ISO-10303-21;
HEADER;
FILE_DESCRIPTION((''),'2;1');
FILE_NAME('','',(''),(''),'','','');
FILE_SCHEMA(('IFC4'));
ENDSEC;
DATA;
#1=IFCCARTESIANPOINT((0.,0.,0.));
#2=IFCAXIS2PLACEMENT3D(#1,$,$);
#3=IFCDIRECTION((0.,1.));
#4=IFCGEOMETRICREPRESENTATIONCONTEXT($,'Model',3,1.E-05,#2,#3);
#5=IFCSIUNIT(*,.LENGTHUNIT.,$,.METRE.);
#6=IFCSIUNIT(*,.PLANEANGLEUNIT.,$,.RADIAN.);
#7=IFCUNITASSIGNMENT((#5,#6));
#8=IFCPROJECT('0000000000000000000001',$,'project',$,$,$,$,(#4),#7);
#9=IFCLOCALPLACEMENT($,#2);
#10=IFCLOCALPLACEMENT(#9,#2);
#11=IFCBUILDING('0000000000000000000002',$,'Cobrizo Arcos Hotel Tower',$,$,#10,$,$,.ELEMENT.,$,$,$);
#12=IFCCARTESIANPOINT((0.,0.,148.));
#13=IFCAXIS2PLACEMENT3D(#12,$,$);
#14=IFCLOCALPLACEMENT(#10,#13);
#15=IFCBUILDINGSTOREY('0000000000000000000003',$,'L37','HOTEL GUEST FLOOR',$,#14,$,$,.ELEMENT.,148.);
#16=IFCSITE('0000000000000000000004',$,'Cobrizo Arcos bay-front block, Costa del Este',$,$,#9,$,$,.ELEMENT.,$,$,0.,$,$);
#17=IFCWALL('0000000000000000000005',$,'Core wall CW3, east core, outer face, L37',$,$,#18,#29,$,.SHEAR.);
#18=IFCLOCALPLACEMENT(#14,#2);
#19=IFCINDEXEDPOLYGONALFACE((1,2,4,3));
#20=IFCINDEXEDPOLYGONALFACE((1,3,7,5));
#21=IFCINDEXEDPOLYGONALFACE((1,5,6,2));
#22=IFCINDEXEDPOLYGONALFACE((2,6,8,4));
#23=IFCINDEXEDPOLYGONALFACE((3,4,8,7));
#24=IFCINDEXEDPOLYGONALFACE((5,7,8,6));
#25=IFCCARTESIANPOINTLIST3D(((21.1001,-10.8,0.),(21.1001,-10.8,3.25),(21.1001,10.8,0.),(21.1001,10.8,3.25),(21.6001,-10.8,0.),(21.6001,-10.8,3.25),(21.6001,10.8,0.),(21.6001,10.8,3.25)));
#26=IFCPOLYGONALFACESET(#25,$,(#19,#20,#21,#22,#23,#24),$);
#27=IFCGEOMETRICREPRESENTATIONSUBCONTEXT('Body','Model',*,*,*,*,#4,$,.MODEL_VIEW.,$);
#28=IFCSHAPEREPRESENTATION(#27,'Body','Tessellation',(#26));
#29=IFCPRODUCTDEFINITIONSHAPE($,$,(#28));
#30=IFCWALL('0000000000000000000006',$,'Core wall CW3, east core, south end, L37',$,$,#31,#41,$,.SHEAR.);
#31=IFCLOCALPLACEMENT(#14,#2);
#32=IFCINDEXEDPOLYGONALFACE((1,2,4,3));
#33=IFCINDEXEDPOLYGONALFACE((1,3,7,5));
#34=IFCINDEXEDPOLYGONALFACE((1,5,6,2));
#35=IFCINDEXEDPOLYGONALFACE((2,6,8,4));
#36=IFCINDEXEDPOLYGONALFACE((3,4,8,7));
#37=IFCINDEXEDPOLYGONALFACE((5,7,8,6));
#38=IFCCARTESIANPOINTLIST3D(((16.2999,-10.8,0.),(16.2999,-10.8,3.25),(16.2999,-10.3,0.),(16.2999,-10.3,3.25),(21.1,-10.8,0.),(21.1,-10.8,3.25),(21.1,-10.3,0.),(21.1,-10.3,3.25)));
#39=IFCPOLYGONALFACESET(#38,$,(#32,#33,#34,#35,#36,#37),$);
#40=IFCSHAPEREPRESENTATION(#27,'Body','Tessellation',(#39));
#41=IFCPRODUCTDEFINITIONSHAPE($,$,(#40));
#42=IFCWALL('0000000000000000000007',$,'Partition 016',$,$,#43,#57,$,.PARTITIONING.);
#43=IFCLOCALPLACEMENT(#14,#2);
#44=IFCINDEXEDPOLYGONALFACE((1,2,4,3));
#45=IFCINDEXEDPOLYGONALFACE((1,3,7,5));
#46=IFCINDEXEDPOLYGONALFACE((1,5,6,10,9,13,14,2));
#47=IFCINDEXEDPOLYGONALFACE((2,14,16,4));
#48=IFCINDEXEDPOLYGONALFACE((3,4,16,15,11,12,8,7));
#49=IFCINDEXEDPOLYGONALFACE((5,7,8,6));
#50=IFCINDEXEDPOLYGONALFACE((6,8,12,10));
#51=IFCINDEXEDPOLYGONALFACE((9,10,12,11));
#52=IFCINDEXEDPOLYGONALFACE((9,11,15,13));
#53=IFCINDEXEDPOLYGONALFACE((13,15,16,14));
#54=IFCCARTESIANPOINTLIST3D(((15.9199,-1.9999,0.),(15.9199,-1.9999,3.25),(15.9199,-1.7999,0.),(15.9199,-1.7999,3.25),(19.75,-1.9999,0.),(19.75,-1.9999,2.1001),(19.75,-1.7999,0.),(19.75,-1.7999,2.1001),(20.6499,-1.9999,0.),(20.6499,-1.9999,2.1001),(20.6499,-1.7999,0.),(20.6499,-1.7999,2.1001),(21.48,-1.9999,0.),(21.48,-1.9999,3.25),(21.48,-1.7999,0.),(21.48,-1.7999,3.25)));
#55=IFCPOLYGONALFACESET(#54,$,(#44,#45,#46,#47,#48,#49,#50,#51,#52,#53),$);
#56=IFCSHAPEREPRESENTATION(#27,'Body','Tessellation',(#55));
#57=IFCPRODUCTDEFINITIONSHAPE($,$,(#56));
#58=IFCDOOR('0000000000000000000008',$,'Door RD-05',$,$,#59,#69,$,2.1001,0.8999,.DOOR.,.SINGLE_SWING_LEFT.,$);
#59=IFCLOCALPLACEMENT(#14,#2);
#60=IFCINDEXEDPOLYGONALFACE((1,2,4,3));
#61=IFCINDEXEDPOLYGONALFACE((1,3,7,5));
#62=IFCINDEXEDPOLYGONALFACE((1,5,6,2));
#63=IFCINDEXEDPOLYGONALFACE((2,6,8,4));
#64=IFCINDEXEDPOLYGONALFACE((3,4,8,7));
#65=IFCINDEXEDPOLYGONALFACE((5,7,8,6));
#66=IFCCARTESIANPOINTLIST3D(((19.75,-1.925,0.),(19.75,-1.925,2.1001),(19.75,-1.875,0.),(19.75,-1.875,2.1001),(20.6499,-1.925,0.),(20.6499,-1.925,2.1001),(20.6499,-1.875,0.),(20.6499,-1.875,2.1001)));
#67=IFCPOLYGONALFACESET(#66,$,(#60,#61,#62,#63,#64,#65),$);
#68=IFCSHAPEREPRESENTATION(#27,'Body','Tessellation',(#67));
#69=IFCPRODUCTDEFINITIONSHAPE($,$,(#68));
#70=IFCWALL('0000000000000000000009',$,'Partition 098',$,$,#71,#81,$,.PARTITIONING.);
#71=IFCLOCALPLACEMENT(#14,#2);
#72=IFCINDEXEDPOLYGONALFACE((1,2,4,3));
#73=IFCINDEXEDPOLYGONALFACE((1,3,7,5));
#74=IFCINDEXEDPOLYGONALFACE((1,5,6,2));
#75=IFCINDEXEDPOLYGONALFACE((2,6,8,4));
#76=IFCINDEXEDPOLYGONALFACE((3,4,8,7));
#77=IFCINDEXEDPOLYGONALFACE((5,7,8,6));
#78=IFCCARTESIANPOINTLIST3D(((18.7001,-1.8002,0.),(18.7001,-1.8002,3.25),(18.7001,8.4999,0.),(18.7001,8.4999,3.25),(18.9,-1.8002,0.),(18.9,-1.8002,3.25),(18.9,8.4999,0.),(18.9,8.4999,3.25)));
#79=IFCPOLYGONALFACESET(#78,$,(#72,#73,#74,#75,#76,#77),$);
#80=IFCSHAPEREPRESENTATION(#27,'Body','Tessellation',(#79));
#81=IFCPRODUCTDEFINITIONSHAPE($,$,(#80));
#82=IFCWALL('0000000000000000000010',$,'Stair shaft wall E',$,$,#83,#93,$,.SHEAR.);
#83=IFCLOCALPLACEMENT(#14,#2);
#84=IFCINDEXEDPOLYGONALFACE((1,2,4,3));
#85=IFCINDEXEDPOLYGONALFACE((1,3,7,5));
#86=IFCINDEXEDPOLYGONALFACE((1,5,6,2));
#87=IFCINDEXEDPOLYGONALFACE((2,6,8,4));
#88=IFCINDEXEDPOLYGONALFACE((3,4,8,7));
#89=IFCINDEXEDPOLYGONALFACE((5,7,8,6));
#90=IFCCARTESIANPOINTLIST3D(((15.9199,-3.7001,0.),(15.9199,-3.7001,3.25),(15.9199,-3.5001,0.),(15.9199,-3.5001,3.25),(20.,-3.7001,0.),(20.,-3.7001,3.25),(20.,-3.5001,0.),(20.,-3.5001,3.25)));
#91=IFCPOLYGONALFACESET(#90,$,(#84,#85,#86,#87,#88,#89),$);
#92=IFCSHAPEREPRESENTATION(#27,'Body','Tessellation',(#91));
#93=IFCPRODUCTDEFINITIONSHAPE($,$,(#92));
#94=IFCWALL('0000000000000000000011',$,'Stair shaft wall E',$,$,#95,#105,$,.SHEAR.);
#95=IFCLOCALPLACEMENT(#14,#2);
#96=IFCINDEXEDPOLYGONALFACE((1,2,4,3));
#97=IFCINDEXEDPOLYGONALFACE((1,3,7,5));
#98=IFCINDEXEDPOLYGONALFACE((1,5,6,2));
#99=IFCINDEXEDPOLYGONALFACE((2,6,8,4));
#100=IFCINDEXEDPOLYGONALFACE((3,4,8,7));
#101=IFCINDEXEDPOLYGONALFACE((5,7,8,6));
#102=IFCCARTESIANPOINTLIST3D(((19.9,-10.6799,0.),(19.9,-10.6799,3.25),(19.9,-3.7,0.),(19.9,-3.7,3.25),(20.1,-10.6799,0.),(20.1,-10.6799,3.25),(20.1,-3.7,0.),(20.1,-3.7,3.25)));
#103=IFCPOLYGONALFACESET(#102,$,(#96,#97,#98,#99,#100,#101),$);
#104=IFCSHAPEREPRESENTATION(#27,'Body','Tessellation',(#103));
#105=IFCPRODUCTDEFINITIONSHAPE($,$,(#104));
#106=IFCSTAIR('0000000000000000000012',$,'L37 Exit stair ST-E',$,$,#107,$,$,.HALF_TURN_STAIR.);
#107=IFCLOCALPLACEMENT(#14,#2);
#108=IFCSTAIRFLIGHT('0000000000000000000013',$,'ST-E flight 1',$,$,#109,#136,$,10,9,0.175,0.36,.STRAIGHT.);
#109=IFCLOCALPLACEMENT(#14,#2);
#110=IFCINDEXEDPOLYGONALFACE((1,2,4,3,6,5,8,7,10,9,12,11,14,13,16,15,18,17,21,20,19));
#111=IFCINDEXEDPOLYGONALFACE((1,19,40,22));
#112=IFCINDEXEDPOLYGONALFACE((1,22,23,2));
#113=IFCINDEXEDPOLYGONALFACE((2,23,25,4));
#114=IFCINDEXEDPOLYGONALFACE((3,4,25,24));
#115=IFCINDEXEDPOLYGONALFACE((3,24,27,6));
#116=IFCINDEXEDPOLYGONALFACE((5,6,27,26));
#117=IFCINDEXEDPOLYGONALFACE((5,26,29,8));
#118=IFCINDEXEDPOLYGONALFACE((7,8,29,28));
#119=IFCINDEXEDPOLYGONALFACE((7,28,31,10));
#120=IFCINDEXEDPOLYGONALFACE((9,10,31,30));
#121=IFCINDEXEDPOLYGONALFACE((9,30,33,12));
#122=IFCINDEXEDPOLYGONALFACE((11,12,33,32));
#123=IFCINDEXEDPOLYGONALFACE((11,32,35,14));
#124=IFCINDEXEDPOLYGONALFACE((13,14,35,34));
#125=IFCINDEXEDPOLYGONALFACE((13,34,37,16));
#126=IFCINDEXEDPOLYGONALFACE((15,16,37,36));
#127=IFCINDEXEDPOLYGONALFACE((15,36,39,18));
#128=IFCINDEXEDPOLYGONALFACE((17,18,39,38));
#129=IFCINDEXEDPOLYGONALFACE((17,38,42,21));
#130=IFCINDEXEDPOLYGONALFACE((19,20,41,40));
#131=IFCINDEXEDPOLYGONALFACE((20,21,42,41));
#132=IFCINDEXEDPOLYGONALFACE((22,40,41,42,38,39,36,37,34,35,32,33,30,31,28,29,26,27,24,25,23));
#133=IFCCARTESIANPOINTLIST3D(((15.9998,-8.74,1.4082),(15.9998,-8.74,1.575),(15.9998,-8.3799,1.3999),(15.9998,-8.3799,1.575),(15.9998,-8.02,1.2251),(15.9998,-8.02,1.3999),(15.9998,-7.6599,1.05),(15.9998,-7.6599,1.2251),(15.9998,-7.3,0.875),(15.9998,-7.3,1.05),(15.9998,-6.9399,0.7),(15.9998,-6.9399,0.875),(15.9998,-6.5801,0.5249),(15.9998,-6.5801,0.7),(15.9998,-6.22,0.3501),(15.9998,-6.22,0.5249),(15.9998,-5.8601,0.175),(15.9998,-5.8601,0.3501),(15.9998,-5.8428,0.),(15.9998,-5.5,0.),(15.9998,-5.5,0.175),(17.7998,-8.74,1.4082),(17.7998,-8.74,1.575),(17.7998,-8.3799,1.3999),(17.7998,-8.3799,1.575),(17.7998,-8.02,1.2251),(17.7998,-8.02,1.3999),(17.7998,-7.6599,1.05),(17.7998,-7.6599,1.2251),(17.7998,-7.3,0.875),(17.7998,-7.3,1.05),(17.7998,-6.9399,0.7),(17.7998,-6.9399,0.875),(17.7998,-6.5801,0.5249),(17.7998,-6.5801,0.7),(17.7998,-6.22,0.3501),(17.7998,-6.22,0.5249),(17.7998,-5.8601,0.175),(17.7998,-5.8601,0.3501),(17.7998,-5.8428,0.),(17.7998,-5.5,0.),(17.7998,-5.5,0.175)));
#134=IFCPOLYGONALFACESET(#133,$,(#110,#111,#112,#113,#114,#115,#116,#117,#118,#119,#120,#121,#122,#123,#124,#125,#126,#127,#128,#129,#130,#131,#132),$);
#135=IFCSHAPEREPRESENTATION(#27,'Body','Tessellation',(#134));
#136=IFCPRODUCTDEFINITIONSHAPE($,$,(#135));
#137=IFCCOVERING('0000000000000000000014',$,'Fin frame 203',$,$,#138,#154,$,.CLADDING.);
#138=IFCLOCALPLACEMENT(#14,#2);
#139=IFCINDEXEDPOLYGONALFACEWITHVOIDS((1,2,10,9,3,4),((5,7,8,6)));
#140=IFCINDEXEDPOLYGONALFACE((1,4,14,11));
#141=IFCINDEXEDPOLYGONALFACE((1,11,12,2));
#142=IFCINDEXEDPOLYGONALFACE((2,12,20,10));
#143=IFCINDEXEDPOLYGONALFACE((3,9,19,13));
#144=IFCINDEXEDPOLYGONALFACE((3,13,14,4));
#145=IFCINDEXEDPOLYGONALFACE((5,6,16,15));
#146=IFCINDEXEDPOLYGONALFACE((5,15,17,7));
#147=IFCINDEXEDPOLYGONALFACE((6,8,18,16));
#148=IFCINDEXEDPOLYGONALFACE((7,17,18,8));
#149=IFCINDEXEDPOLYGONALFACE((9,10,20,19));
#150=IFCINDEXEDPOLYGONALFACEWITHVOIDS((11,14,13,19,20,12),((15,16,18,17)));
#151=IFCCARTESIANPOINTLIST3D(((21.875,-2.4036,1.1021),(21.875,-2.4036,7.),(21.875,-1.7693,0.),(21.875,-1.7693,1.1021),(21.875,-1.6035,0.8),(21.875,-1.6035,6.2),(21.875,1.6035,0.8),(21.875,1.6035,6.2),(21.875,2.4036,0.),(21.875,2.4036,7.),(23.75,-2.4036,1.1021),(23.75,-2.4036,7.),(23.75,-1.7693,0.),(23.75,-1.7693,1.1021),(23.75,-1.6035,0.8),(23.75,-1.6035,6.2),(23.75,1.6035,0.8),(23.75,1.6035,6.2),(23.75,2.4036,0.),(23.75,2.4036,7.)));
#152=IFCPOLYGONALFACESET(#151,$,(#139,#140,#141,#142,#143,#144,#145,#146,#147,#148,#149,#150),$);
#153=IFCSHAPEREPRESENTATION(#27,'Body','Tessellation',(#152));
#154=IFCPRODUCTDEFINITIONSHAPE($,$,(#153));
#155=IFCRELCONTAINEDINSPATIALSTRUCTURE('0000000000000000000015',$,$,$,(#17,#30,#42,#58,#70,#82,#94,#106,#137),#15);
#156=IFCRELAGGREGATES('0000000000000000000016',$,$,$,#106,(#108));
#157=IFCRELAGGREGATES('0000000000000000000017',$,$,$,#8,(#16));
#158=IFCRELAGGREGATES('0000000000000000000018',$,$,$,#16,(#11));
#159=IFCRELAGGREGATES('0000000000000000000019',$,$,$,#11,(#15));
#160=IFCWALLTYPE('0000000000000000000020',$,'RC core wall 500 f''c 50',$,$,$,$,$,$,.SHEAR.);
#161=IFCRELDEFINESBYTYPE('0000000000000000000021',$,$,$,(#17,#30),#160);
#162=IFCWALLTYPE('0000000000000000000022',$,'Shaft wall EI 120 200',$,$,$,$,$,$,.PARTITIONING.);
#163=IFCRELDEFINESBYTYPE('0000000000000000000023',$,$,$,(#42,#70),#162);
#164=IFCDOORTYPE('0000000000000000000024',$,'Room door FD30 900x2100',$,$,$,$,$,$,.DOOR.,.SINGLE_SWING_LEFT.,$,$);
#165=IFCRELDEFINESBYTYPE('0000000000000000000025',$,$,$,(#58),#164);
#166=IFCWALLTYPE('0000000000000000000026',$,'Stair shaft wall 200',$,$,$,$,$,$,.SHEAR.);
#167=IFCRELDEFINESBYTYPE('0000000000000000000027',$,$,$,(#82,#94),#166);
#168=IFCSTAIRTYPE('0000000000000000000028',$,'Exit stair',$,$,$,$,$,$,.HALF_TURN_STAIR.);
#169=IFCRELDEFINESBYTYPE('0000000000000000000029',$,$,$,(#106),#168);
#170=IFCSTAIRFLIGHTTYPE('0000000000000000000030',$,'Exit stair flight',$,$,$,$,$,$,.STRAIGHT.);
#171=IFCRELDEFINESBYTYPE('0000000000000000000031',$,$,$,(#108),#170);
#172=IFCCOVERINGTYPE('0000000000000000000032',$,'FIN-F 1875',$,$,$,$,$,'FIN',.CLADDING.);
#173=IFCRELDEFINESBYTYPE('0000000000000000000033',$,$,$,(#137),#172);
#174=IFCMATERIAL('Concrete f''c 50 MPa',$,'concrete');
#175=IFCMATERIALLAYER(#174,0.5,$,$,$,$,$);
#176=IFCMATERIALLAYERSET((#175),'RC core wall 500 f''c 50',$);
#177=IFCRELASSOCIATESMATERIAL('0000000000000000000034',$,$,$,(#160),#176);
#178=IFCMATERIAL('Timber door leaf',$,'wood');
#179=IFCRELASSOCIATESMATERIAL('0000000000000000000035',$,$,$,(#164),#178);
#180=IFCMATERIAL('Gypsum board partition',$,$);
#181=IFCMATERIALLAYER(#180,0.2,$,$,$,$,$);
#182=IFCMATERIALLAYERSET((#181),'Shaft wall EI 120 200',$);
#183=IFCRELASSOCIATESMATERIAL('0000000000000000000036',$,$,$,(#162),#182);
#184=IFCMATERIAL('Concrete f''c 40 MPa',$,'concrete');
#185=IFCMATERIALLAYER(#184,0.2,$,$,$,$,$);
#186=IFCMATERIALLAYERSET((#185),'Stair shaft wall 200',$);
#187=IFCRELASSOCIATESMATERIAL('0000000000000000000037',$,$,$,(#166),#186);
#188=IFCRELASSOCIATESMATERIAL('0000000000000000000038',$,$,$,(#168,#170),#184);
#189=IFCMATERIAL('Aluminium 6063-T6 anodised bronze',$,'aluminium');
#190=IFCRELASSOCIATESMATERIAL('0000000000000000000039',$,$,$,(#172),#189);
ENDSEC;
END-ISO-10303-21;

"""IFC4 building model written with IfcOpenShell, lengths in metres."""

from ifc_helpers import new_model, si_unit, direction, frame, frame_2d, origin, place, context, subcontext, project, spatial, polyline, rectangle, outline, extrude, material, layer, layer_set, type_object, element, fill, aggregate, save


model = new_model("IFC4")

# Units and contexts
model_context = context("Model", 3, precision=1e-05, world=origin(), true_north=direction((0.0, 1.0)))
body_context = subcontext(model_context, "Body", "Model", "MODEL_VIEW")
ifc_project = project(units=[si_unit("LENGTHUNIT", "METRE"), si_unit("PLANEANGLEUNIT", "RADIAN")], contexts=[model_context])

# Site, building, storey
site_placement = place(None, origin())
site = spatial("IfcSite", under=ifc_project, at=site_placement, Name="Cobrizo Arcos bay-front block, Costa del Este", CompositionType="ELEMENT", RefElevation=0.0)
building_placement = place(site_placement, origin())
building = spatial("IfcBuilding", under=site, at=building_placement, Name="Cobrizo Arcos Hotel Tower", CompositionType="ELEMENT")
storey_placement = place(building_placement, frame((0.0, 0.0, 148.0)))
storey = spatial("IfcBuildingStorey", under=building, at=storey_placement, Name="L37", Description="HOTEL GUEST FLOOR", CompositionType="ELEMENT", Elevation=148.0)

# Shared definitions
ifc_material_1 = material(Name="Aluminium 6063-T6 anodised bronze", Category="aluminium")

# Shared definitions
ifc_material_2 = material(Name="Concrete f'c 50 MPa", Category="concrete")
ifc_layer_1 = layer(ifc_material_2, 0.5)
ifc_layer_set_1 = layer_set([ifc_layer_1], Name="RC core wall 500 f'c 50")
wall_type_1 = type_object("IfcWallType", Name="RC core wall 500 f'c 50", PredefinedType="SHEAR", material=ifc_layer_set_1)
ifc_material_3 = material(Name="Timber door leaf", Category="wood")
door_type_1 = type_object("IfcDoorType", Name="Room door FD30 900x2100", OperationType="SINGLE_SWING_LEFT", PredefinedType="DOOR", material=ifc_material_3)

# Walls
wall_1_placement = place(storey_placement, frame((21.3501, -10.8, 0.0), z_axis=(0.0, 0.0, 1.0), x_axis=(0.0, 1.0, 0.0)))
element("IfcWall", 1, at=wall_1_placement, inside=storey, type_object=wall_type_1, Name="Core wall CW3, east core, outer face, L37", PredefinedType="SHEAR", context=body_context, shape_type="SweptSolid", body=[
    extrude(rectangle(XDim=21.6001, YDim=0.5, at=frame_2d((10.8, 0.0))), origin(), (0.0, 0.0, 1.0), 3.25),
])
wall_2_placement = place(storey_placement, frame((16.3, -10.55, 0.0), z_axis=(0.0, 0.0, 1.0), x_axis=(1.0, 0.0, 0.0)))
element("IfcWall", 2, at=wall_2_placement, inside=storey, type_object=wall_type_1, Name="Core wall CW3, east core, south end, L37", PredefinedType="SHEAR", context=body_context, shape_type="SweptSolid", body=[
    extrude(rectangle(XDim=4.8, YDim=0.5, at=frame_2d((2.3999, 0.0))), origin(), (0.0, 0.0, 1.0), 3.25),
])

# Wall, opening, door
ifc_material_4 = material(Name="Gypsum board partition")
ifc_layer_2 = layer(ifc_material_4, 0.2)
ifc_layer_set_2 = layer_set([ifc_layer_2], Name="Shaft wall EI 120 200")
wall_type_2 = type_object("IfcWallType", Name="Shaft wall EI 120 200", PredefinedType="PARTITIONING", material=ifc_layer_set_2)
wall_3_placement = place(storey_placement, frame((15.9199, -1.8999, 0.0), z_axis=(0.0, 0.0, 1.0), x_axis=(1.0, 0.0, 0.0)))
wall_3 = element("IfcWall", 3, at=wall_3_placement, inside=storey, type_object=wall_type_2, Name="Partition 016", PredefinedType="PARTITIONING", context=body_context, shape_type="SweptSolid", body=[
    extrude(rectangle(XDim=5.5601, YDim=0.2, at=frame_2d((2.78, 0.0))), origin(), (0.0, 0.0, 1.0), 3.25),
])
opening_1_placement = place(wall_3_placement, frame((3.8301, 0.0, 0.0)))
opening_1 = element("IfcOpeningElement", 4, at=opening_1_placement, cuts=wall_3, PredefinedType="OPENING", context=body_context, shape_type="SweptSolid", body=[
    extrude(rectangle(XDim=0.8999, YDim=2.1001, at=frame_2d((0.45, 1.05))), frame((0.0, 0.1121, 0.0), z_axis=(0.0, -1.0, 0.0), x_axis=(1.0, 0.0, 0.0)), (0.0, 0.0, 1.0), 0.2239),
])
door_1_placement = place(opening_1_placement, origin())
door_1 = element("IfcDoor", 5, at=door_1_placement, inside=storey, type_object=door_type_1, Name="Door RD-05", OperationType="SINGLE_SWING_LEFT", OverallHeight=2.1001, OverallWidth=0.8999, PredefinedType="DOOR", context=body_context, shape_type="SweptSolid", body=[
    extrude(rectangle(XDim=0.8999, YDim=2.1001, at=frame_2d((0.45, 1.05))), frame((0.0, 0.0249, 0.0), z_axis=(0.0, -1.0, 0.0), x_axis=(1.0, 0.0, 0.0)), (0.0, 0.0, 1.0), 0.05),
])
fill(opening_1, door_1)

# Walls
wall_4_placement = place(storey_placement, frame((18.8, -1.8, 0.0), z_axis=(0.0, 0.0, 1.0), x_axis=(0.0, 1.0, 0.0)))
element("IfcWall", 6, at=wall_4_placement, inside=storey, type_object=wall_type_2, Name="Partition 098", PredefinedType="PARTITIONING", context=body_context, shape_type="SweptSolid", body=[
    extrude(rectangle(XDim=10.3, YDim=0.2, at=frame_2d((5.1499, 0.0))), origin(), (0.0, 0.0, 1.0), 3.25),
])
ifc_material_5 = material(Name="Concrete f'c 40 MPa", Category="concrete")
ifc_layer_3 = layer(ifc_material_5, 0.2)
ifc_layer_set_3 = layer_set([ifc_layer_3], Name="Stair shaft wall 200")
wall_type_3 = type_object("IfcWallType", Name="Stair shaft wall 200", PredefinedType="SHEAR", material=ifc_layer_set_3)
wall_5_placement = place(storey_placement, frame((15.9199, -3.6001, 0.0), z_axis=(0.0, 0.0, 1.0), x_axis=(1.0, 0.0, 0.0)))
element("IfcWall", 7, at=wall_5_placement, inside=storey, type_object=wall_type_3, Name="Stair shaft wall E", PredefinedType="SHEAR", context=body_context, shape_type="SweptSolid", body=[
    extrude(rectangle(XDim=4.0801, YDim=0.2, at=frame_2d((2.04, 0.0))), origin(), (0.0, 0.0, 1.0), 3.25),
])
wall_6_placement = place(storey_placement, frame((20.0, -10.6799, 0.0), z_axis=(0.0, 0.0, 1.0), x_axis=(0.0, 1.0, 0.0)))
element("IfcWall", 8, at=wall_6_placement, inside=storey, type_object=wall_type_3, Name="Stair shaft wall E", PredefinedType="SHEAR", context=body_context, shape_type="SweptSolid", body=[
    extrude(rectangle(XDim=6.98, YDim=0.2, at=frame_2d((3.49, 0.0))), origin(), (0.0, 0.0, 1.0), 3.25),
])

# Stair, stair flight
stair_type = type_object("IfcStairType", Name="Exit stair", PredefinedType="HALF_TURN_STAIR", material=ifc_material_5)
stair_placement = place(storey_placement, origin())
stair = element("IfcStair", 9, at=stair_placement, inside=storey, type_object=stair_type, Name="L37 Exit stair ST-E", PredefinedType="HALF_TURN_STAIR")
stair_flight_type = type_object("IfcStairFlightType", Name="Exit stair flight", PredefinedType="STRAIGHT", material=ifc_material_5)
stair_flight_placement = place(storey_placement, frame((16.8999, -5.5, 0.0), z_axis=(0.0, 0.0, 1.0), x_axis=(0.0, -1.0, 0.0)))
stair_flight = element("IfcStairFlight", 10, at=stair_flight_placement, type_object=stair_flight_type, Name="ST-E flight 1", NumberOfRisers=10, NumberOfTreads=9, PredefinedType="STRAIGHT", RiserHeight=0.175, TreadLength=0.36, context=body_context, shape_type="SweptSolid", body=[
    extrude(outline(polyline([(0.0, 0.0), (0.0, 0.175), (0.3601, 0.175), (0.3601, 0.3501), (0.72, 0.3501), (0.72, 0.5249), (1.0801, 0.5249), (1.0801, 0.7), (1.4399, 0.7), (1.4399, 0.875), (1.8, 0.875), (1.8, 1.05), (2.1599, 1.05), (2.1599, 1.2251), (2.52, 1.2251), (2.52, 1.3999), (2.8799, 1.3999), (2.8799, 1.575), (3.24, 1.575), (3.24, 1.75), (3.24, 1.4082), (0.3428, 0.0), (0.0, 0.0)])), frame((0.0, 0.8999, 0.0), z_axis=(0.0, -1.0, 0.0), x_axis=(1.0, 0.0, 0.0)), (0.0, 0.0, 1.0), 1.8),
])
aggregate(stair, [stair_flight])

# Covering
covering_type = type_object("IfcCoveringType", Name="FIN-F 1875", ElementType="FIN", PredefinedType="CLADDING", material=ifc_material_1)
covering_placement = place(storey_placement, frame((21.875, -2.4036, 0.0), z_axis=(1.0, 0.0, 0.0), x_axis=(0.0, 1.0, 0.0)))
element("IfcCovering", 11, at=covering_placement, inside=storey, type_object=covering_type, Name="Fin frame 203", PredefinedType="CLADDING", context=body_context, shape_type="SweptSolid", body=[
    extrude(outline(polyline([(0.0, 7.0), (0.0, 1.1021), (0.6343, 1.1021), (0.6343, 0.0), (4.8071, 0.0), (4.8071, 7.0), (0.0, 7.0)]), holes=[polyline([(4.0071, 0.8), (0.8, 0.8), (0.8, 6.2), (4.0071, 6.2), (4.0071, 0.8)])]), origin(), (0.0, 0.0, 1.0), 1.875),
])

save(model, "model.ifc")
